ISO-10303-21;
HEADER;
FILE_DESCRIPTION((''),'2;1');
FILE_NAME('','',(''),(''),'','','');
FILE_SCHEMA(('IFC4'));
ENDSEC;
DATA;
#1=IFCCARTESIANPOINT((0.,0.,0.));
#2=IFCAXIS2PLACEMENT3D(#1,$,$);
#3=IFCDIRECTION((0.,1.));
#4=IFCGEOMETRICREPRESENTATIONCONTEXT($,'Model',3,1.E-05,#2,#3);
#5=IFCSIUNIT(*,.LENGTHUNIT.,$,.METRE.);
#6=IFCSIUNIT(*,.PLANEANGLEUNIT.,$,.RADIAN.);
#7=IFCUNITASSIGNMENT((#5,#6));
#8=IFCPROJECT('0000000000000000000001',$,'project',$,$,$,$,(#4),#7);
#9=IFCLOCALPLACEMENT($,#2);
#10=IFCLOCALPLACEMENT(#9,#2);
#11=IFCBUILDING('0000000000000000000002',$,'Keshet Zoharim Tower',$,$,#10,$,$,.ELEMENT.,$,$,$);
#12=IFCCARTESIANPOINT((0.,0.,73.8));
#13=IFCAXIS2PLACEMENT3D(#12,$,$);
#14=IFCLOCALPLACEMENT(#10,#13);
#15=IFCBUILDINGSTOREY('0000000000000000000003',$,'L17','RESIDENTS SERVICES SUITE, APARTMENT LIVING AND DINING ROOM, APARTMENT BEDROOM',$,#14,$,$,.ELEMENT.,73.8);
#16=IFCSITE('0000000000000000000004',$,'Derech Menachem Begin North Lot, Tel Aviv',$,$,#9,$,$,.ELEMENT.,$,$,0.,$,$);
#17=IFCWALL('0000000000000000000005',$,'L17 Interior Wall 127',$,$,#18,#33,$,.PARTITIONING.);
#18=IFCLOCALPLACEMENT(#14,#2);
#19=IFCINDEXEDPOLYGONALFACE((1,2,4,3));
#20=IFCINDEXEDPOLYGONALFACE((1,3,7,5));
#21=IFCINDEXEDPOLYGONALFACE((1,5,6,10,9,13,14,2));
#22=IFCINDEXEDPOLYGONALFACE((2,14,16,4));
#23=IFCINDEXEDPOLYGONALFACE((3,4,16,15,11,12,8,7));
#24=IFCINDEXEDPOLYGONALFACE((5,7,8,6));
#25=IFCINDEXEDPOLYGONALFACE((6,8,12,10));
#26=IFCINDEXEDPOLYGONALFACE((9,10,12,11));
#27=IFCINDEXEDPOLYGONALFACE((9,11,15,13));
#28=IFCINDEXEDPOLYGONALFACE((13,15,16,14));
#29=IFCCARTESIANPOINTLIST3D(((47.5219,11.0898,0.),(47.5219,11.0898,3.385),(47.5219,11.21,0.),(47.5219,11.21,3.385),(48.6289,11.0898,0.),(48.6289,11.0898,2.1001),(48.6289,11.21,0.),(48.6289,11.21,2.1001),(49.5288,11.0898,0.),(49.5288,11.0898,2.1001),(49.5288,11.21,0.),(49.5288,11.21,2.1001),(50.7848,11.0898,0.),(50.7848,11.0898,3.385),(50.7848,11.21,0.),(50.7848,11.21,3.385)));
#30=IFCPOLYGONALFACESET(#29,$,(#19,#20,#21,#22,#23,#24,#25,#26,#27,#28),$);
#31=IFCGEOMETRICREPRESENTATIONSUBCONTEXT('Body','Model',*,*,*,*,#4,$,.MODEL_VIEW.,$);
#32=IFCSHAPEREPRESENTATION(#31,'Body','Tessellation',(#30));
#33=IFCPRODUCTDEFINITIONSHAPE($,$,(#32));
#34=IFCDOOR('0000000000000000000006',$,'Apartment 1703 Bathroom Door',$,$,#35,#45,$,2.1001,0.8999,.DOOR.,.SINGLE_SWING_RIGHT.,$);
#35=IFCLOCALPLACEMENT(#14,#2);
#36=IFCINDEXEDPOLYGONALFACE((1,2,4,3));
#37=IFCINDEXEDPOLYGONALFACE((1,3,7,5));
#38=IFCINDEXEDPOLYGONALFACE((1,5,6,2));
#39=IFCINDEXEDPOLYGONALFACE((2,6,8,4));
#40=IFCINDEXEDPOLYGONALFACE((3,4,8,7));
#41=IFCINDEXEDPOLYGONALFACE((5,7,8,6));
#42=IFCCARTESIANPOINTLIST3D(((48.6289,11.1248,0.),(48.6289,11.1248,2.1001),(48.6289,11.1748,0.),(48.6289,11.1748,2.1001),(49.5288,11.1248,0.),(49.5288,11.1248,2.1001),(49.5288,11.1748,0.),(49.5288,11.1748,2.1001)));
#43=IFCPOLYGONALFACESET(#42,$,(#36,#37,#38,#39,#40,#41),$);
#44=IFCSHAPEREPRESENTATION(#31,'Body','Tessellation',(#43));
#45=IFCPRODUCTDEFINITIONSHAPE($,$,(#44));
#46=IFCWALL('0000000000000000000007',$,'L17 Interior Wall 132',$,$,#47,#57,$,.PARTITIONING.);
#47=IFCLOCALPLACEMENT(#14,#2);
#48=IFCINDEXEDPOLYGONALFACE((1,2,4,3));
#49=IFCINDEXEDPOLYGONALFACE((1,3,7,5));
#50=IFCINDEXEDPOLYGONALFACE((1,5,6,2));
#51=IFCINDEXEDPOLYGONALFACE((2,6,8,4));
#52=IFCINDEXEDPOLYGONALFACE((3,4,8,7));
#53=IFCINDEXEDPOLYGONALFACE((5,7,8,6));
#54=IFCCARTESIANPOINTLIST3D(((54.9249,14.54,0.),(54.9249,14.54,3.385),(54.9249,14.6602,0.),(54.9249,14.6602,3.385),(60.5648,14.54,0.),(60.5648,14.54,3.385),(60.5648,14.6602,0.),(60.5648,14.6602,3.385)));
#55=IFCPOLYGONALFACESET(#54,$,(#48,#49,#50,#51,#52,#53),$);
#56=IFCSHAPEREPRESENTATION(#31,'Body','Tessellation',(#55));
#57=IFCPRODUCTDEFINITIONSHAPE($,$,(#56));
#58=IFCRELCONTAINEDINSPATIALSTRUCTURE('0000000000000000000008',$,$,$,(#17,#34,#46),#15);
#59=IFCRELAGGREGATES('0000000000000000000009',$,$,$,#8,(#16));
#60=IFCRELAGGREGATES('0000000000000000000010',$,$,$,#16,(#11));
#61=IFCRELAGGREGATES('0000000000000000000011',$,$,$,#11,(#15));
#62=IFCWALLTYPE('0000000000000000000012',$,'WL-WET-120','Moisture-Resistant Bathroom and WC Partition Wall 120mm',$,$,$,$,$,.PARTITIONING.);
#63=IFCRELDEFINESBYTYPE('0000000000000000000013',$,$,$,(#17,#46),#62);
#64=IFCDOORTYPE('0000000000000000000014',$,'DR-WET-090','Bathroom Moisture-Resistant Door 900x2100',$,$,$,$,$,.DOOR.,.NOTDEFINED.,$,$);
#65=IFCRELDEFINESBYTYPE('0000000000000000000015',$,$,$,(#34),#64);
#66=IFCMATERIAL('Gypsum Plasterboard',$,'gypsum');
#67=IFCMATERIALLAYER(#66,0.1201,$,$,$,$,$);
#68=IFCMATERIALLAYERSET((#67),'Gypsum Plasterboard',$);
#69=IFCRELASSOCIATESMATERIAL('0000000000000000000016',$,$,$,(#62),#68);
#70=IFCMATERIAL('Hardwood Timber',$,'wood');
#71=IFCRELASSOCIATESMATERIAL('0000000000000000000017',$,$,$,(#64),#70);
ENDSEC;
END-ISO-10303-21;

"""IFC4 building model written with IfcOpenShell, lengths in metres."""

from ifc_helpers import new_model, si_unit, direction, frame, frame_2d, origin, place, context, subcontext, project, spatial, rectangle, extrude, material, layer, layer_set, type_object, element, fill, save


model = new_model("IFC4")

# Units and contexts
model_context = context("Model", 3, precision=1e-05, world=origin(), true_north=direction((0.0, 1.0)))
body_context = subcontext(model_context, "Body", "Model", "MODEL_VIEW")
ifc_project = project(units=[si_unit("LENGTHUNIT", "METRE"), si_unit("PLANEANGLEUNIT", "RADIAN")], contexts=[model_context])

# Site, building, storey
site_placement = place(None, origin())
site = spatial("IfcSite", under=ifc_project, at=site_placement, Name="Derech Menachem Begin North Lot, Tel Aviv", CompositionType="ELEMENT", RefElevation=0.0)
building_placement = place(site_placement, origin())
building = spatial("IfcBuilding", under=site, at=building_placement, Name="Keshet Zoharim Tower", CompositionType="ELEMENT")
storey_placement = place(building_placement, frame((0.0, 0.0, 73.8)))
storey = spatial("IfcBuildingStorey", under=building, at=storey_placement, Name="L17", Description="RESIDENTS SERVICES SUITE, APARTMENT LIVING AND DINING ROOM, APARTMENT BEDROOM", CompositionType="ELEMENT", Elevation=73.8)

# Shared definitions
ifc_material_1 = material(Name="Gypsum Plasterboard", Category="gypsum")

# Shared definitions
ifc_material_2 = material(Name="Hardwood Timber", Category="wood")

# Shared definitions
ifc_layer_1 = layer(ifc_material_1, 0.1201)
ifc_layer_set_1 = layer_set([ifc_layer_1], Name="Gypsum Plasterboard")
wall_type_1 = type_object("IfcWallType", Name="WL-WET-120", Description="Moisture-Resistant Bathroom and WC Partition Wall 120mm", PredefinedType="PARTITIONING", material=ifc_layer_set_1)

# Wall, opening, door
door_type_1 = type_object("IfcDoorType", Name="DR-WET-090", Description="Bathroom Moisture-Resistant Door 900x2100", OperationType="NOTDEFINED", PredefinedType="DOOR", material=ifc_material_2)
wall_1_placement = place(storey_placement, frame((47.522, 11.1499, 0.0), z_axis=(0.0, 0.0, 1.0), x_axis=(1.0, 0.0, 0.0)))
wall_1 = element("IfcWall", 1, at=wall_1_placement, inside=storey, type_object=wall_type_1, Name="L17 Interior Wall 127", PredefinedType="PARTITIONING", context=body_context, shape_type="SweptSolid", body=[
    extrude(rectangle(XDim=3.2629, YDim=0.1201, at=frame_2d((1.6313, 0.0))), origin(), (0.0, 0.0, 1.0), 3.385),
])
opening_1_placement = place(wall_1_placement, frame((1.1069, 0.0, 0.0)))
opening_1 = element("IfcOpeningElement", 2, at=opening_1_placement, cuts=wall_1, PredefinedType="OPENING", context=body_context, shape_type="SweptSolid", body=[
    extrude(rectangle(XDim=0.8999, YDim=2.1001, at=frame_2d((0.45, 1.05))), frame((0.0, 0.0701, 0.0), z_axis=(0.0, -1.0, 0.0), x_axis=(1.0, 0.0, 0.0)), (0.0, 0.0, 1.0), 0.1401),
])
door_1_placement = place(opening_1_placement, origin())
door_1 = element("IfcDoor", 3, at=door_1_placement, inside=storey, type_object=door_type_1, Name="Apartment 1703 Bathroom Door", OperationType="SINGLE_SWING_RIGHT", OverallHeight=2.1001, OverallWidth=0.8999, PredefinedType="DOOR", context=body_context, shape_type="SweptSolid", body=[
    extrude(rectangle(XDim=0.8999, YDim=2.1001, at=frame_2d((0.45, 1.05))), frame((0.0, 0.0249, 0.0), z_axis=(0.0, -1.0, 0.0), x_axis=(1.0, 0.0, 0.0)), (0.0, 0.0, 1.0), 0.05),
])
fill(opening_1, door_1)

# Wall
wall_2_placement = place(storey_placement, frame((54.925, 14.6001, 0.0), z_axis=(0.0, 0.0, 1.0), x_axis=(1.0, 0.0, 0.0)))
element("IfcWall", 4, at=wall_2_placement, inside=storey, type_object=wall_type_1, Name="L17 Interior Wall 132", PredefinedType="PARTITIONING", context=body_context, shape_type="SweptSolid", body=[
    extrude(rectangle(XDim=5.6399, YDim=0.1201, at=frame_2d((2.8198, 0.0))), origin(), (0.0, 0.0, 1.0), 3.385),
])

save(model, "model.ifc")
